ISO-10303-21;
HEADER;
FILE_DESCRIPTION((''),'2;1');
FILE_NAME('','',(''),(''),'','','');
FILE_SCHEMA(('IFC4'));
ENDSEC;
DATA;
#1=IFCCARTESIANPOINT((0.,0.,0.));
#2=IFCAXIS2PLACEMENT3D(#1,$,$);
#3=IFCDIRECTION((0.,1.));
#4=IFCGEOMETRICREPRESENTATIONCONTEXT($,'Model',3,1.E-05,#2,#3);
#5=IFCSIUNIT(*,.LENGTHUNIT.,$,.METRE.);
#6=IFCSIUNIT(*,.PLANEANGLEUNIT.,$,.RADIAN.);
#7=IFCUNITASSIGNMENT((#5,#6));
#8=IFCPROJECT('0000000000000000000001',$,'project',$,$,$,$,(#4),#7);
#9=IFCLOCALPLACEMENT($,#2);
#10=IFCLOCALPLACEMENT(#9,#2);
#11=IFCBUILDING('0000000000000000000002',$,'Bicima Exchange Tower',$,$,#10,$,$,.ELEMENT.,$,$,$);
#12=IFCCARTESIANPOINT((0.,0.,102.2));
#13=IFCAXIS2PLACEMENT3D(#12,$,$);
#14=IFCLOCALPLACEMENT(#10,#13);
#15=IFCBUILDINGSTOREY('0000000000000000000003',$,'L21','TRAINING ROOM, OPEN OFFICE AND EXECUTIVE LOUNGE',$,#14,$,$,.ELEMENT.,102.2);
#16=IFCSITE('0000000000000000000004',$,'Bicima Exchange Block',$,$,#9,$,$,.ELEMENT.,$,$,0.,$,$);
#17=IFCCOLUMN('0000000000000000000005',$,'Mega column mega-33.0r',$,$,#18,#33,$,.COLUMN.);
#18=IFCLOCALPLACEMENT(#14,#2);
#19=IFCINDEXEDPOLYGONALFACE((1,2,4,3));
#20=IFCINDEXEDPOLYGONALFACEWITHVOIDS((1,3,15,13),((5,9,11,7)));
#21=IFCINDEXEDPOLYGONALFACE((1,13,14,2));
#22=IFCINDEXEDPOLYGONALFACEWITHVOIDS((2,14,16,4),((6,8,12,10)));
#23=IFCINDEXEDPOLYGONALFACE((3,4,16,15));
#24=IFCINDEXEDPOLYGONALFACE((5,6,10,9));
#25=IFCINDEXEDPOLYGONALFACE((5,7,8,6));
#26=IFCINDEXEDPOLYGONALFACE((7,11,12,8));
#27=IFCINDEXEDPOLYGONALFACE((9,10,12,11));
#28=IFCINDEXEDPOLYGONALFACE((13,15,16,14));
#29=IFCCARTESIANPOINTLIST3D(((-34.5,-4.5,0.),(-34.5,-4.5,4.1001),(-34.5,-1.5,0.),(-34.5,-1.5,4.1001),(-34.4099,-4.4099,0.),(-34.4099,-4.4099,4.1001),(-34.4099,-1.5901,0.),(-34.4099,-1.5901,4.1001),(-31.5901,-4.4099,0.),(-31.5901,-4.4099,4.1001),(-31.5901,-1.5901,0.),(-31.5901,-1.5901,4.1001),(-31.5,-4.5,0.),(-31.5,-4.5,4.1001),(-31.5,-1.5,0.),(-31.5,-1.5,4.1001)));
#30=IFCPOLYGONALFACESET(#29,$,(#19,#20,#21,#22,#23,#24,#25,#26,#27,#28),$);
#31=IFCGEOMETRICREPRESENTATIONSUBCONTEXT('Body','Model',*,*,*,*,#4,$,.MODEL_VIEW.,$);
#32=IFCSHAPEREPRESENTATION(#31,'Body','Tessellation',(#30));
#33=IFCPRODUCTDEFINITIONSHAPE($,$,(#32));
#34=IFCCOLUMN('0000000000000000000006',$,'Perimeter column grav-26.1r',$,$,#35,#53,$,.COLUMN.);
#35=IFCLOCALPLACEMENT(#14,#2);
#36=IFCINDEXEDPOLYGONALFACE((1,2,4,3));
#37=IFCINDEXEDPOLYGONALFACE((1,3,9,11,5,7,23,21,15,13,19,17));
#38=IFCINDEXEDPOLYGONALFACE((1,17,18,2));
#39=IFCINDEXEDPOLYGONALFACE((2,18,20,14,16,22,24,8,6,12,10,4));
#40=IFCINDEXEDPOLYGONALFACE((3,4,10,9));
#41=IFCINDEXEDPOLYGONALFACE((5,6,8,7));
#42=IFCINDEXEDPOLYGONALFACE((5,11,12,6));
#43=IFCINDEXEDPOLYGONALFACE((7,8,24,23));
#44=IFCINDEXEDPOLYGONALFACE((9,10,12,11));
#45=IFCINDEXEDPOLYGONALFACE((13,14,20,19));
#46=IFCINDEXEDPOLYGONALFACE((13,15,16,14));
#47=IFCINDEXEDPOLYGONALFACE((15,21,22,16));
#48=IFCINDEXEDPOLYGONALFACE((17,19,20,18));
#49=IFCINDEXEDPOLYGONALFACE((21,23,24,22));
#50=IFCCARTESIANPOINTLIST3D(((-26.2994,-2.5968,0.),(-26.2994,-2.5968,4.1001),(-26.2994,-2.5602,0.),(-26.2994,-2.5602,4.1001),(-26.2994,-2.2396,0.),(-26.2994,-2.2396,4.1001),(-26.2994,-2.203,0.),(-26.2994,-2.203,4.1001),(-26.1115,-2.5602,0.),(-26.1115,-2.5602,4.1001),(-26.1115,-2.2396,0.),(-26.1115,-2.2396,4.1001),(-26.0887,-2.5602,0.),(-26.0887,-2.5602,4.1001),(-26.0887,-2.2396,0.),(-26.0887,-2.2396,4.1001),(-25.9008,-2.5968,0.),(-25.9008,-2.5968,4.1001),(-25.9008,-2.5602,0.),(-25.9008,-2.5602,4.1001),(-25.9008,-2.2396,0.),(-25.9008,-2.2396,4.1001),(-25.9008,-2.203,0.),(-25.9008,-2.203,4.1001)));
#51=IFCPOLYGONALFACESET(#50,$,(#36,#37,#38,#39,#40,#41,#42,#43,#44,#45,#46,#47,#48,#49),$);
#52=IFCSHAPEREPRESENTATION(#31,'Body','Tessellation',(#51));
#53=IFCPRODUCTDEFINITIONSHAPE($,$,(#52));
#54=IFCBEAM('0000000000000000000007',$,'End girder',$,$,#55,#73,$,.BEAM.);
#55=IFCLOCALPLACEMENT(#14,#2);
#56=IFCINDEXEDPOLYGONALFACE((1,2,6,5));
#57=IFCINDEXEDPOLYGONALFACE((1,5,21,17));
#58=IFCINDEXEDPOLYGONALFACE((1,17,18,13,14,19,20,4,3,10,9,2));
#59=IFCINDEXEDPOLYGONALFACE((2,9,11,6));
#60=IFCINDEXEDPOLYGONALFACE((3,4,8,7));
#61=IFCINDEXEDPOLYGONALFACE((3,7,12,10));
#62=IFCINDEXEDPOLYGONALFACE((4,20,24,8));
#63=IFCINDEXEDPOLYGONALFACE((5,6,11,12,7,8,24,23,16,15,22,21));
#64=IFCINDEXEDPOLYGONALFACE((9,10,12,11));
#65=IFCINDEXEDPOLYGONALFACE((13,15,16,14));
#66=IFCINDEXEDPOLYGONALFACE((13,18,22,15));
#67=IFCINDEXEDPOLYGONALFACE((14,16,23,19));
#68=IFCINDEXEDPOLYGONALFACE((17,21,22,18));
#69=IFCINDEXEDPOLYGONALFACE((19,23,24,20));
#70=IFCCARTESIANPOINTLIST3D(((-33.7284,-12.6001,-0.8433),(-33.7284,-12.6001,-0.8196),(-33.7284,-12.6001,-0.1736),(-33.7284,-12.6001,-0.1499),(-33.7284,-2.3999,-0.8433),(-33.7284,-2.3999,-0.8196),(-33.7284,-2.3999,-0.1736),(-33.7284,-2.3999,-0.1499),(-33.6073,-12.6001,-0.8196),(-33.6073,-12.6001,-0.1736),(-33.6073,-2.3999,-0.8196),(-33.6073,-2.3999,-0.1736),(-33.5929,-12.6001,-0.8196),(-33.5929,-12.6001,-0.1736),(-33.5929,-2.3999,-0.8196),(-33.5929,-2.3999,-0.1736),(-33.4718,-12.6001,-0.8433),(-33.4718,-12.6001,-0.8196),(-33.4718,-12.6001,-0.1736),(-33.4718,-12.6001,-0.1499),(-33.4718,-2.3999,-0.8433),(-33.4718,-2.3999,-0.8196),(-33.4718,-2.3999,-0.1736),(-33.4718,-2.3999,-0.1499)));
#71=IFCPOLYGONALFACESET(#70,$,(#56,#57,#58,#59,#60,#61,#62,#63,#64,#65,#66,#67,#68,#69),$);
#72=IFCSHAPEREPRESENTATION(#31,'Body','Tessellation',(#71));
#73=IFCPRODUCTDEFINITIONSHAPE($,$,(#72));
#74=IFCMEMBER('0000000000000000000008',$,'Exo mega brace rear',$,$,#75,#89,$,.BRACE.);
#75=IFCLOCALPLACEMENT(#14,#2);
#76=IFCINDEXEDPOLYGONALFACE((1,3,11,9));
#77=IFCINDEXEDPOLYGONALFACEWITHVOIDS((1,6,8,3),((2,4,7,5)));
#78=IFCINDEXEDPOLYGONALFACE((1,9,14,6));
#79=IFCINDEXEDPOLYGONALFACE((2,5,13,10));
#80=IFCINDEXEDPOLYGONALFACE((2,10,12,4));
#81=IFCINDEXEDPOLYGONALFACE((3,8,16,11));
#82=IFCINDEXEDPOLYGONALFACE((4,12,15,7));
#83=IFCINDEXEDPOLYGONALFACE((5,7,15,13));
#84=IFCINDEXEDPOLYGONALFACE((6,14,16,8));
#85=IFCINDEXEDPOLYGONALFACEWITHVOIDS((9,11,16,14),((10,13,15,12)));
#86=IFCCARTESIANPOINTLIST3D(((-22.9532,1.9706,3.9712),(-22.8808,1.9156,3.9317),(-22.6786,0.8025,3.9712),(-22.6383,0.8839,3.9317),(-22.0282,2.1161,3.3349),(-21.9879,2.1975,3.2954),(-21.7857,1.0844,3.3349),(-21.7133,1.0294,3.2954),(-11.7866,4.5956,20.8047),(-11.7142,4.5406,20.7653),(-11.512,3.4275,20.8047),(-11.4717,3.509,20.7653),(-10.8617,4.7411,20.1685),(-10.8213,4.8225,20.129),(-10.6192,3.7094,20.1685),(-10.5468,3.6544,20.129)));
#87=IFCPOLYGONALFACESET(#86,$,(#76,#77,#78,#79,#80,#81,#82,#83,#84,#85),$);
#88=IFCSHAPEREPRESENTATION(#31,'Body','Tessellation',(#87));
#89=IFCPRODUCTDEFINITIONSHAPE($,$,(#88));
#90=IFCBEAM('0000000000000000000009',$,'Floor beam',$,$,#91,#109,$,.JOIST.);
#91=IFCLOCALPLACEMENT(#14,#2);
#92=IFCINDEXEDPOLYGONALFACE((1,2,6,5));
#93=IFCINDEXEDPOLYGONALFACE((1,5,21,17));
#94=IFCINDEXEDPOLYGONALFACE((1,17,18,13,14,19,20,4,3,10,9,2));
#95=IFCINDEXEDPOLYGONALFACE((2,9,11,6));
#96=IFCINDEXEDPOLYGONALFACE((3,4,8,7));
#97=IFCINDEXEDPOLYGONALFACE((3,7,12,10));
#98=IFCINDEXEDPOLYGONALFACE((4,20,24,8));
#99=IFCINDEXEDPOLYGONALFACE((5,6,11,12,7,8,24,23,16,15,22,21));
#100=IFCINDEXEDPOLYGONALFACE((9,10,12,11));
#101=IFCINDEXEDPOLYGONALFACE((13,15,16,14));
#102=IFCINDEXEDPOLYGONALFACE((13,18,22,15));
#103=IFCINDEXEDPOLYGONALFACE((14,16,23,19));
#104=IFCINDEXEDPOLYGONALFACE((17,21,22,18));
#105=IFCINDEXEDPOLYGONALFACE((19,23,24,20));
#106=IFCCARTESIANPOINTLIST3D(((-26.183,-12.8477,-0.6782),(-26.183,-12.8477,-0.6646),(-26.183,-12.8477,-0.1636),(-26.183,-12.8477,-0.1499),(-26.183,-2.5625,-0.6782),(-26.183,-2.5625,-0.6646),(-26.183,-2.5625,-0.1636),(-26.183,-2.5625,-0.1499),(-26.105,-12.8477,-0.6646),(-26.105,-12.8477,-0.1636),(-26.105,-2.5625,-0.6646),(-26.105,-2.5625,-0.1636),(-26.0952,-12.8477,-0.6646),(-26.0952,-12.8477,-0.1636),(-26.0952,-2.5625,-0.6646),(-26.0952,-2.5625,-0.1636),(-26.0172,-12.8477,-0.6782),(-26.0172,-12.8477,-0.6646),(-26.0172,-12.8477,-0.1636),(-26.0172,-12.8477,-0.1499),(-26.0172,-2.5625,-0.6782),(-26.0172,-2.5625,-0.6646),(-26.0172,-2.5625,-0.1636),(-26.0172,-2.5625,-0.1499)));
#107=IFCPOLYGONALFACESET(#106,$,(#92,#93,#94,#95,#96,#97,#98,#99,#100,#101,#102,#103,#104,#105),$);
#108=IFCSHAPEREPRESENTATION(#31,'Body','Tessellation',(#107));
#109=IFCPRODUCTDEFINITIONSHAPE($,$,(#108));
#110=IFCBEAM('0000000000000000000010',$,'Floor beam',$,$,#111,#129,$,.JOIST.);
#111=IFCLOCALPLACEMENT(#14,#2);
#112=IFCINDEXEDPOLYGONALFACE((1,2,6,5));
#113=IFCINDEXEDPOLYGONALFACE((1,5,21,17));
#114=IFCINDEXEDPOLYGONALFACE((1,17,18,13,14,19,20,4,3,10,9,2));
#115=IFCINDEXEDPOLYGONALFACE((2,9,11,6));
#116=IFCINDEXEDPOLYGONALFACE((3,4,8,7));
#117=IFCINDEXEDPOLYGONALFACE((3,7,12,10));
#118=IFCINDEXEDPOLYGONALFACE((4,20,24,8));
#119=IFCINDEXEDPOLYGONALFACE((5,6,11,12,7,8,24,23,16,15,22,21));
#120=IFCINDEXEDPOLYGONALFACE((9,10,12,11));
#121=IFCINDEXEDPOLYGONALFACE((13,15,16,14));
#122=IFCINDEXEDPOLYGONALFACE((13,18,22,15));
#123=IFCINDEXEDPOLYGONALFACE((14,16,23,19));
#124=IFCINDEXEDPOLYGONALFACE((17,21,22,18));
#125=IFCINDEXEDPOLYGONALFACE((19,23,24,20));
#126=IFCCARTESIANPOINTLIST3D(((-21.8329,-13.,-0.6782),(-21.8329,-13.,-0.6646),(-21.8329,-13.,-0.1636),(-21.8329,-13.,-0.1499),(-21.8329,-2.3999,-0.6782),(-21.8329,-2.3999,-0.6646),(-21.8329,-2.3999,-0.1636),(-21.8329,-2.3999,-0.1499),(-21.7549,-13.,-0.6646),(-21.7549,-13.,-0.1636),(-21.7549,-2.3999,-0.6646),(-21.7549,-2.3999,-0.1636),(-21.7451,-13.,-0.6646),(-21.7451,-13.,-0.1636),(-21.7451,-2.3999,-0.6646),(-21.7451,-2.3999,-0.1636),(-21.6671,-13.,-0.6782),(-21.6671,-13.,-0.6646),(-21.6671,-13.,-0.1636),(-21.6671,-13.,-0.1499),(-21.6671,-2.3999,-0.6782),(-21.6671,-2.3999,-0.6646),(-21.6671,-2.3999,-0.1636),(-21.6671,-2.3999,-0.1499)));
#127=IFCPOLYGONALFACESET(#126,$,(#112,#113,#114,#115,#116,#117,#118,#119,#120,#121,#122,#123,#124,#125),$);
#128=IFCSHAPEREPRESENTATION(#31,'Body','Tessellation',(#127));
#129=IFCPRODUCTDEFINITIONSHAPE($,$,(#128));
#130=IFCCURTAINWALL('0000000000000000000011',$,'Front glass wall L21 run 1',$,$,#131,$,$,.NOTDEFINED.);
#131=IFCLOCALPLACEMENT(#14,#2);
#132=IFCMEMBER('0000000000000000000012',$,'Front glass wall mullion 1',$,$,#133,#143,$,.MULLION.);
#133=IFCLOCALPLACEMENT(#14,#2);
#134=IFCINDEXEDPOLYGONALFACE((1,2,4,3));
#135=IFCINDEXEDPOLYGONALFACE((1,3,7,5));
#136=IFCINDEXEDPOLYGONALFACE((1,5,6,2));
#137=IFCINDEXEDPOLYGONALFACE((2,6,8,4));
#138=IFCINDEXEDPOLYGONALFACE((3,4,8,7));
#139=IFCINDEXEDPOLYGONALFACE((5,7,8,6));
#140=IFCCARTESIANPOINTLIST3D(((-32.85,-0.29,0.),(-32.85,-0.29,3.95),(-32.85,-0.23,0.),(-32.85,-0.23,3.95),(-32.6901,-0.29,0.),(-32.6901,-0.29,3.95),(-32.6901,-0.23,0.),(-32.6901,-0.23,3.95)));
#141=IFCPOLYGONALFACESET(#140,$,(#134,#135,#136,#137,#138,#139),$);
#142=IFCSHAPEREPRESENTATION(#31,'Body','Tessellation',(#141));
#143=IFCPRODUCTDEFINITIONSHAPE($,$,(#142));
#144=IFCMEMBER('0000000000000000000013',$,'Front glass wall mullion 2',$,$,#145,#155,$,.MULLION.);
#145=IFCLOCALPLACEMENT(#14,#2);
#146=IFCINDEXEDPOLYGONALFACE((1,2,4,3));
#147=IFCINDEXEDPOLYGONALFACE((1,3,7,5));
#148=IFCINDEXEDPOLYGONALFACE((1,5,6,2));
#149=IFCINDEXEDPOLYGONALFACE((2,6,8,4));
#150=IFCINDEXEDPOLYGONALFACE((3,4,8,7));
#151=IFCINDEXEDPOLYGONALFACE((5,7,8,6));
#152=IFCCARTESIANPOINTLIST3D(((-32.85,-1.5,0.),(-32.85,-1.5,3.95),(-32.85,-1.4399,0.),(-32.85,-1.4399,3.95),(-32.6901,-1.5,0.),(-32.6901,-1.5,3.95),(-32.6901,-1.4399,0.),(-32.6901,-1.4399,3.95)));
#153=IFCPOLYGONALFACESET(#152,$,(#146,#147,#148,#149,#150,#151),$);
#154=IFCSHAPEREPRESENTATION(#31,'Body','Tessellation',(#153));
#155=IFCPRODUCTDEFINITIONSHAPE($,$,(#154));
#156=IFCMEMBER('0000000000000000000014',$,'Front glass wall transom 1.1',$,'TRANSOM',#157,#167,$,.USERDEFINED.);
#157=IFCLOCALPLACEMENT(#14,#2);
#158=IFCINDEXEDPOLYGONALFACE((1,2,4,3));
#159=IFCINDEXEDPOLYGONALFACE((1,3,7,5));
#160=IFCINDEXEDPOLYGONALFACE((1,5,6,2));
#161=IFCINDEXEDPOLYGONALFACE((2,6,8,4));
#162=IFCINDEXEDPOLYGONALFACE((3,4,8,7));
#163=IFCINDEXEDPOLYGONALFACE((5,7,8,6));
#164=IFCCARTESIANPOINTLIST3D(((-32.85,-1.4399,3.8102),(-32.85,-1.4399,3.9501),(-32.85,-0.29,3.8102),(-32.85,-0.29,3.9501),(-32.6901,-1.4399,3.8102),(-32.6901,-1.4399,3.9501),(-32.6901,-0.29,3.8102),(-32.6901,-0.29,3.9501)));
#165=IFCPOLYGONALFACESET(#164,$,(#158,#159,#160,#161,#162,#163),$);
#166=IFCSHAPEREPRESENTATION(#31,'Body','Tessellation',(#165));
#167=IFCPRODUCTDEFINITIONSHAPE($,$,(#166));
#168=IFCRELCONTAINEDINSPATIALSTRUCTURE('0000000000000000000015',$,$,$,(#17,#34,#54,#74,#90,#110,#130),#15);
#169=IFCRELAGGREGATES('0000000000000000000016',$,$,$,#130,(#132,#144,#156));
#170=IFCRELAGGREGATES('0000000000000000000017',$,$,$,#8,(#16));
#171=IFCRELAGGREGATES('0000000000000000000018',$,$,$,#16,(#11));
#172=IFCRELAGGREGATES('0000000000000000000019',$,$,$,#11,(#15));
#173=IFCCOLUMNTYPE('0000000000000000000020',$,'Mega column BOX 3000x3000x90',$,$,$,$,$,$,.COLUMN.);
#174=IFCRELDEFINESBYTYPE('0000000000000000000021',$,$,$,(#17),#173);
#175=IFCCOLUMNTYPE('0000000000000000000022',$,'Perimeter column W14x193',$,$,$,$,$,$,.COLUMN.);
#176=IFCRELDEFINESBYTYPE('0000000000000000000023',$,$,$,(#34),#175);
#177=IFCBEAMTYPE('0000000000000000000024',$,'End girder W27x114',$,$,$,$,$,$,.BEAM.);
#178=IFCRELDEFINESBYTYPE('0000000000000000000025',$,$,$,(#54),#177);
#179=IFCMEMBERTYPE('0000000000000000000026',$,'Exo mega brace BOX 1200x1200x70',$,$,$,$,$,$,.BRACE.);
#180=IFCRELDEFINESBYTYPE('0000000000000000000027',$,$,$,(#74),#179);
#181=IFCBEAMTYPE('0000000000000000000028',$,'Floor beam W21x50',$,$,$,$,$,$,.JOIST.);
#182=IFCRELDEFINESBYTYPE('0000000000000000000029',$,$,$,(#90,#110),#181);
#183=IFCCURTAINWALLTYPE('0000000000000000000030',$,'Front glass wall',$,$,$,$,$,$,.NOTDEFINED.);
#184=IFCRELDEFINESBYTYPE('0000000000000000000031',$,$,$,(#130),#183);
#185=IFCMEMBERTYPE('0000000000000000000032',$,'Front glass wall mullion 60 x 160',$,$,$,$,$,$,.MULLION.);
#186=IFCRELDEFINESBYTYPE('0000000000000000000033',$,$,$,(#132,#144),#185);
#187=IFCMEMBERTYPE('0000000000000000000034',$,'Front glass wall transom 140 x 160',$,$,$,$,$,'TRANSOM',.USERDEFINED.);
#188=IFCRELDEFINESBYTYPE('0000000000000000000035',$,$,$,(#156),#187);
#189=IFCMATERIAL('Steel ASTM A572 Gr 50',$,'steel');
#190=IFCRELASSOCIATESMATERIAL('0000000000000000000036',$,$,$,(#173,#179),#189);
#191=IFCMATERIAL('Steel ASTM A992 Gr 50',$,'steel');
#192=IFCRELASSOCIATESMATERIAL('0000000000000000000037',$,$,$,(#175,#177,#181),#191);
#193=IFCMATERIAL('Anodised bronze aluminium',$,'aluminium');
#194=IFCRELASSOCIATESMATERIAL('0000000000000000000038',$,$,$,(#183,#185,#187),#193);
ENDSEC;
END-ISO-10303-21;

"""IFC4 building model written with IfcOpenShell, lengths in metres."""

from ifc_helpers import new_model, si_unit, direction, frame, origin, origin_2d, place, context, subcontext, project, spatial, rectangle, hollow_rectangle, i_section, extrude, material, material_profile, profile_set, type_object, element, aggregate, save


model = new_model("IFC4")

# Units and contexts
model_context = context("Model", 3, precision=1e-05, world=origin(), true_north=direction((0.0, 1.0)))
body_context = subcontext(model_context, "Body", "Model", "MODEL_VIEW")
ifc_project = project(units=[si_unit("LENGTHUNIT", "METRE"), si_unit("PLANEANGLEUNIT", "RADIAN")], contexts=[model_context])

# Site, building, storey
site_placement = place(None, origin())
site = spatial("IfcSite", under=ifc_project, at=site_placement, Name="Bicima Exchange Block", CompositionType="ELEMENT", RefElevation=0.0)
building_placement = place(site_placement, origin())
building = spatial("IfcBuilding", under=site, at=building_placement, Name="Bicima Exchange Tower", CompositionType="ELEMENT")
storey_placement = place(building_placement, frame((0.0, 0.0, 102.2)))
storey = spatial("IfcBuildingStorey", under=building, at=storey_placement, Name="L21", Description="TRAINING ROOM, OPEN OFFICE AND EXECUTIVE LOUNGE", CompositionType="ELEMENT", Elevation=102.2)

# Columns
ifc_material_1 = material(Name="Steel ASTM A572 Gr 50", Category="steel")
ifc_material_profile_1 = material_profile(ifc_material_1, hollow_rectangle(XDim=3.0, YDim=3.0, WallThickness=0.0901, at=origin_2d()))
ifc_profile_set_1 = profile_set([ifc_material_profile_1], Name="Steel ASTM A572 Gr 50")
column_type_1 = type_object("IfcColumnType", Name="Mega column BOX 3000x3000x90", PredefinedType="COLUMN", material=ifc_profile_set_1)
column_1_placement = place(storey_placement, frame((-33.0, -3.0, 0.0), z_axis=(0.0, 0.0, 1.0), x_axis=(1.0, 0.0, 0.0)))
element("IfcColumn", 1, at=column_1_placement, inside=storey, type_object=column_type_1, Name="Mega column mega-33.0r", PredefinedType="COLUMN", context=body_context, shape_type="SweptSolid", body=[
    extrude(hollow_rectangle(XDim=3.0, YDim=3.0, WallThickness=0.0901, at=origin_2d()), origin(), (0.0, 0.0, 1.0), 4.1001),
])
ifc_material_2 = material(Name="Steel ASTM A992 Gr 50", Category="steel")
ifc_material_profile_2 = material_profile(ifc_material_2, i_section(OverallWidth=0.3987, OverallDepth=0.3938, WebThickness=0.0227, FlangeThickness=0.0366, at=origin_2d()))
ifc_profile_set_2 = profile_set([ifc_material_profile_2], Name="Steel ASTM A992 Gr 50")
column_type_2 = type_object("IfcColumnType", Name="Perimeter column W14x193", PredefinedType="COLUMN", material=ifc_profile_set_2)
column_2_placement = place(storey_placement, frame((-26.1001, -2.3999, 0.0), z_axis=(0.0, 0.0, 1.0), x_axis=(1.0, 0.0, 0.0)))
element("IfcColumn", 2, at=column_2_placement, inside=storey, type_object=column_type_2, Name="Perimeter column grav-26.1r", PredefinedType="COLUMN", context=body_context, shape_type="SweptSolid", body=[
    extrude(i_section(OverallWidth=0.3987, OverallDepth=0.3938, WebThickness=0.0227, FlangeThickness=0.0366, at=origin_2d()), origin(), (0.0, 0.0, 1.0), 4.1001),
])

# Beam
ifc_material_profile_3 = material_profile(ifc_material_2, i_section(OverallWidth=0.2566, OverallDepth=0.6934, WebThickness=0.0144, FlangeThickness=0.0237, at=origin_2d()))
ifc_profile_set_3 = profile_set([ifc_material_profile_3], Name="Steel ASTM A992 Gr 50")
beam_type_1 = type_object("IfcBeamType", Name="End girder W27x114", PredefinedType="BEAM", material=ifc_profile_set_3)
beam_1_placement = place(storey_placement, frame((-33.6001, -2.3999, -0.4966), z_axis=(0.0, -1.0, 0.0), x_axis=(1.0, 0.0, 0.0)))
element("IfcBeam", 3, at=beam_1_placement, inside=storey, type_object=beam_type_1, Name="End girder", PredefinedType="BEAM", context=body_context, shape_type="SweptSolid", body=[
    extrude(i_section(OverallWidth=0.2566, OverallDepth=0.6934, WebThickness=0.0144, FlangeThickness=0.0237, at=origin_2d()), origin(), (0.0, 0.0, 1.0), 10.2002),
])

# Member
ifc_material_profile_4 = material_profile(ifc_material_1, hollow_rectangle(XDim=1.2, YDim=1.2, WallThickness=0.0701, at=origin_2d()))
ifc_profile_set_4 = profile_set([ifc_material_profile_4], Name="Steel ASTM A572 Gr 50")
member_type_1 = type_object("IfcMemberType", Name="Exo mega brace BOX 1200x1200x70", PredefinedType="BRACE", material=ifc_profile_set_4)
member_1_placement = place(storey_placement, frame((-22.3333, 1.5, 3.6333), z_axis=(0.548176, 0.128864, 0.826376), x_axis=(-0.22884, 0.973464, 0.0)))
element("IfcMember", 4, at=member_1_placement, inside=storey, type_object=member_type_1, Name="Exo mega brace rear", PredefinedType="BRACE", context=body_context, shape_type="SweptSolid", body=[
    extrude(hollow_rectangle(XDim=1.2, YDim=1.2, WallThickness=0.0701, at=origin_2d()), origin(), (0.0, 0.0, 1.0), 20.3704),
])

# Beams
ifc_material_profile_5 = material_profile(ifc_material_2, i_section(OverallWidth=0.1658, OverallDepth=0.5283, WebThickness=0.0098, FlangeThickness=0.0137, at=origin_2d()))
ifc_profile_set_5 = profile_set([ifc_material_profile_5], Name="Steel ASTM A992 Gr 50")
beam_type_2 = type_object("IfcBeamType", Name="Floor beam W21x50", PredefinedType="JOIST", material=ifc_profile_set_5)
beam_2_placement = place(storey_placement, frame((-26.1001, -2.5625, -0.4141), z_axis=(0.0, -1.0, 0.0), x_axis=(1.0, 0.0, 0.0)))
element("IfcBeam", 5, at=beam_2_placement, inside=storey, type_object=beam_type_2, Name="Floor beam", PredefinedType="JOIST", context=body_context, shape_type="SweptSolid", body=[
    extrude(i_section(OverallWidth=0.1658, OverallDepth=0.5283, WebThickness=0.0098, FlangeThickness=0.0137, at=origin_2d()), origin(), (0.0, 0.0, 1.0), 10.2852),
])
beam_3_placement = place(storey_placement, frame((-21.75, -2.3999, -0.4141), z_axis=(0.0, -1.0, 0.0), x_axis=(1.0, 0.0, 0.0)))
element("IfcBeam", 6, at=beam_3_placement, inside=storey, type_object=beam_type_2, Name="Floor beam", PredefinedType="JOIST", context=body_context, shape_type="SweptSolid", body=[
    extrude(i_section(OverallWidth=0.1658, OverallDepth=0.5283, WebThickness=0.0098, FlangeThickness=0.0137, at=origin_2d()), origin(), (0.0, 0.0, 1.0), 10.6001),
])

# Curtain wall, members
ifc_material_3 = material(Name="Anodised bronze aluminium", Category="aluminium")
curtain_wall_type = type_object("IfcCurtainWallType", Name="Front glass wall", PredefinedType="NOTDEFINED", material=ifc_material_3)
curtain_wall_placement = place(storey_placement, origin())
curtain_wall = element("IfcCurtainWall", 7, at=curtain_wall_placement, inside=storey, type_object=curtain_wall_type, Name="Front glass wall L21 run 1", PredefinedType="NOTDEFINED")
ifc_material_profile_6 = material_profile(ifc_material_3, rectangle(XDim=0.1599, YDim=0.0601, at=origin_2d()))
ifc_profile_set_6 = profile_set([ifc_material_profile_6], Name="Anodised bronze aluminium")
member_type_2 = type_object("IfcMemberType", Name="Front glass wall mullion 60 x 160", PredefinedType="MULLION", material=ifc_profile_set_6)
member_2_placement = place(storey_placement, frame((-32.77, -0.26, 0.0), z_axis=(0.0, 0.0, 1.0), x_axis=(1.0, 0.0, 0.0)))
member_2 = element("IfcMember", 8, at=member_2_placement, type_object=member_type_2, Name="Front glass wall mullion 1", PredefinedType="MULLION", context=body_context, shape_type="SweptSolid", body=[
    extrude(rectangle(XDim=0.1599, YDim=0.0601, at=origin_2d()), origin(), (0.0, 0.0, 1.0), 3.95),
])
member_3_placement = place(storey_placement, frame((-32.77, -1.47, 0.0), z_axis=(0.0, 0.0, 1.0), x_axis=(1.0, 0.0, 0.0)))
member_3 = element("IfcMember", 9, at=member_3_placement, type_object=member_type_2, Name="Front glass wall mullion 2", PredefinedType="MULLION", context=body_context, shape_type="SweptSolid", body=[
    extrude(rectangle(XDim=0.1599, YDim=0.0601, at=origin_2d()), origin(), (0.0, 0.0, 1.0), 3.95),
])
ifc_material_profile_7 = material_profile(ifc_material_3, rectangle(XDim=0.1599, YDim=0.1399, at=origin_2d()))
ifc_profile_set_7 = profile_set([ifc_material_profile_7], Name="Anodised bronze aluminium")
member_type_3 = type_object("IfcMemberType", Name="Front glass wall transom 140 x 160", ElementType="TRANSOM", PredefinedType="USERDEFINED", material=ifc_profile_set_7)
member_4_placement = place(storey_placement, frame((-32.77, -0.29, 3.8801), z_axis=(0.0, -1.0, 0.0), x_axis=(1.0, 0.0, 0.0)))
member_4 = element("IfcMember", 10, at=member_4_placement, type_object=member_type_3, Name="Front glass wall transom 1.1", ObjectType="TRANSOM", PredefinedType="USERDEFINED", context=body_context, shape_type="SweptSolid", body=[
    extrude(rectangle(XDim=0.1599, YDim=0.1399, at=origin_2d()), origin(), (0.0, 0.0, 1.0), 1.1499),
])

aggregate(curtain_wall, [member_2, member_3, member_4])

save(model, "model.ifc")
